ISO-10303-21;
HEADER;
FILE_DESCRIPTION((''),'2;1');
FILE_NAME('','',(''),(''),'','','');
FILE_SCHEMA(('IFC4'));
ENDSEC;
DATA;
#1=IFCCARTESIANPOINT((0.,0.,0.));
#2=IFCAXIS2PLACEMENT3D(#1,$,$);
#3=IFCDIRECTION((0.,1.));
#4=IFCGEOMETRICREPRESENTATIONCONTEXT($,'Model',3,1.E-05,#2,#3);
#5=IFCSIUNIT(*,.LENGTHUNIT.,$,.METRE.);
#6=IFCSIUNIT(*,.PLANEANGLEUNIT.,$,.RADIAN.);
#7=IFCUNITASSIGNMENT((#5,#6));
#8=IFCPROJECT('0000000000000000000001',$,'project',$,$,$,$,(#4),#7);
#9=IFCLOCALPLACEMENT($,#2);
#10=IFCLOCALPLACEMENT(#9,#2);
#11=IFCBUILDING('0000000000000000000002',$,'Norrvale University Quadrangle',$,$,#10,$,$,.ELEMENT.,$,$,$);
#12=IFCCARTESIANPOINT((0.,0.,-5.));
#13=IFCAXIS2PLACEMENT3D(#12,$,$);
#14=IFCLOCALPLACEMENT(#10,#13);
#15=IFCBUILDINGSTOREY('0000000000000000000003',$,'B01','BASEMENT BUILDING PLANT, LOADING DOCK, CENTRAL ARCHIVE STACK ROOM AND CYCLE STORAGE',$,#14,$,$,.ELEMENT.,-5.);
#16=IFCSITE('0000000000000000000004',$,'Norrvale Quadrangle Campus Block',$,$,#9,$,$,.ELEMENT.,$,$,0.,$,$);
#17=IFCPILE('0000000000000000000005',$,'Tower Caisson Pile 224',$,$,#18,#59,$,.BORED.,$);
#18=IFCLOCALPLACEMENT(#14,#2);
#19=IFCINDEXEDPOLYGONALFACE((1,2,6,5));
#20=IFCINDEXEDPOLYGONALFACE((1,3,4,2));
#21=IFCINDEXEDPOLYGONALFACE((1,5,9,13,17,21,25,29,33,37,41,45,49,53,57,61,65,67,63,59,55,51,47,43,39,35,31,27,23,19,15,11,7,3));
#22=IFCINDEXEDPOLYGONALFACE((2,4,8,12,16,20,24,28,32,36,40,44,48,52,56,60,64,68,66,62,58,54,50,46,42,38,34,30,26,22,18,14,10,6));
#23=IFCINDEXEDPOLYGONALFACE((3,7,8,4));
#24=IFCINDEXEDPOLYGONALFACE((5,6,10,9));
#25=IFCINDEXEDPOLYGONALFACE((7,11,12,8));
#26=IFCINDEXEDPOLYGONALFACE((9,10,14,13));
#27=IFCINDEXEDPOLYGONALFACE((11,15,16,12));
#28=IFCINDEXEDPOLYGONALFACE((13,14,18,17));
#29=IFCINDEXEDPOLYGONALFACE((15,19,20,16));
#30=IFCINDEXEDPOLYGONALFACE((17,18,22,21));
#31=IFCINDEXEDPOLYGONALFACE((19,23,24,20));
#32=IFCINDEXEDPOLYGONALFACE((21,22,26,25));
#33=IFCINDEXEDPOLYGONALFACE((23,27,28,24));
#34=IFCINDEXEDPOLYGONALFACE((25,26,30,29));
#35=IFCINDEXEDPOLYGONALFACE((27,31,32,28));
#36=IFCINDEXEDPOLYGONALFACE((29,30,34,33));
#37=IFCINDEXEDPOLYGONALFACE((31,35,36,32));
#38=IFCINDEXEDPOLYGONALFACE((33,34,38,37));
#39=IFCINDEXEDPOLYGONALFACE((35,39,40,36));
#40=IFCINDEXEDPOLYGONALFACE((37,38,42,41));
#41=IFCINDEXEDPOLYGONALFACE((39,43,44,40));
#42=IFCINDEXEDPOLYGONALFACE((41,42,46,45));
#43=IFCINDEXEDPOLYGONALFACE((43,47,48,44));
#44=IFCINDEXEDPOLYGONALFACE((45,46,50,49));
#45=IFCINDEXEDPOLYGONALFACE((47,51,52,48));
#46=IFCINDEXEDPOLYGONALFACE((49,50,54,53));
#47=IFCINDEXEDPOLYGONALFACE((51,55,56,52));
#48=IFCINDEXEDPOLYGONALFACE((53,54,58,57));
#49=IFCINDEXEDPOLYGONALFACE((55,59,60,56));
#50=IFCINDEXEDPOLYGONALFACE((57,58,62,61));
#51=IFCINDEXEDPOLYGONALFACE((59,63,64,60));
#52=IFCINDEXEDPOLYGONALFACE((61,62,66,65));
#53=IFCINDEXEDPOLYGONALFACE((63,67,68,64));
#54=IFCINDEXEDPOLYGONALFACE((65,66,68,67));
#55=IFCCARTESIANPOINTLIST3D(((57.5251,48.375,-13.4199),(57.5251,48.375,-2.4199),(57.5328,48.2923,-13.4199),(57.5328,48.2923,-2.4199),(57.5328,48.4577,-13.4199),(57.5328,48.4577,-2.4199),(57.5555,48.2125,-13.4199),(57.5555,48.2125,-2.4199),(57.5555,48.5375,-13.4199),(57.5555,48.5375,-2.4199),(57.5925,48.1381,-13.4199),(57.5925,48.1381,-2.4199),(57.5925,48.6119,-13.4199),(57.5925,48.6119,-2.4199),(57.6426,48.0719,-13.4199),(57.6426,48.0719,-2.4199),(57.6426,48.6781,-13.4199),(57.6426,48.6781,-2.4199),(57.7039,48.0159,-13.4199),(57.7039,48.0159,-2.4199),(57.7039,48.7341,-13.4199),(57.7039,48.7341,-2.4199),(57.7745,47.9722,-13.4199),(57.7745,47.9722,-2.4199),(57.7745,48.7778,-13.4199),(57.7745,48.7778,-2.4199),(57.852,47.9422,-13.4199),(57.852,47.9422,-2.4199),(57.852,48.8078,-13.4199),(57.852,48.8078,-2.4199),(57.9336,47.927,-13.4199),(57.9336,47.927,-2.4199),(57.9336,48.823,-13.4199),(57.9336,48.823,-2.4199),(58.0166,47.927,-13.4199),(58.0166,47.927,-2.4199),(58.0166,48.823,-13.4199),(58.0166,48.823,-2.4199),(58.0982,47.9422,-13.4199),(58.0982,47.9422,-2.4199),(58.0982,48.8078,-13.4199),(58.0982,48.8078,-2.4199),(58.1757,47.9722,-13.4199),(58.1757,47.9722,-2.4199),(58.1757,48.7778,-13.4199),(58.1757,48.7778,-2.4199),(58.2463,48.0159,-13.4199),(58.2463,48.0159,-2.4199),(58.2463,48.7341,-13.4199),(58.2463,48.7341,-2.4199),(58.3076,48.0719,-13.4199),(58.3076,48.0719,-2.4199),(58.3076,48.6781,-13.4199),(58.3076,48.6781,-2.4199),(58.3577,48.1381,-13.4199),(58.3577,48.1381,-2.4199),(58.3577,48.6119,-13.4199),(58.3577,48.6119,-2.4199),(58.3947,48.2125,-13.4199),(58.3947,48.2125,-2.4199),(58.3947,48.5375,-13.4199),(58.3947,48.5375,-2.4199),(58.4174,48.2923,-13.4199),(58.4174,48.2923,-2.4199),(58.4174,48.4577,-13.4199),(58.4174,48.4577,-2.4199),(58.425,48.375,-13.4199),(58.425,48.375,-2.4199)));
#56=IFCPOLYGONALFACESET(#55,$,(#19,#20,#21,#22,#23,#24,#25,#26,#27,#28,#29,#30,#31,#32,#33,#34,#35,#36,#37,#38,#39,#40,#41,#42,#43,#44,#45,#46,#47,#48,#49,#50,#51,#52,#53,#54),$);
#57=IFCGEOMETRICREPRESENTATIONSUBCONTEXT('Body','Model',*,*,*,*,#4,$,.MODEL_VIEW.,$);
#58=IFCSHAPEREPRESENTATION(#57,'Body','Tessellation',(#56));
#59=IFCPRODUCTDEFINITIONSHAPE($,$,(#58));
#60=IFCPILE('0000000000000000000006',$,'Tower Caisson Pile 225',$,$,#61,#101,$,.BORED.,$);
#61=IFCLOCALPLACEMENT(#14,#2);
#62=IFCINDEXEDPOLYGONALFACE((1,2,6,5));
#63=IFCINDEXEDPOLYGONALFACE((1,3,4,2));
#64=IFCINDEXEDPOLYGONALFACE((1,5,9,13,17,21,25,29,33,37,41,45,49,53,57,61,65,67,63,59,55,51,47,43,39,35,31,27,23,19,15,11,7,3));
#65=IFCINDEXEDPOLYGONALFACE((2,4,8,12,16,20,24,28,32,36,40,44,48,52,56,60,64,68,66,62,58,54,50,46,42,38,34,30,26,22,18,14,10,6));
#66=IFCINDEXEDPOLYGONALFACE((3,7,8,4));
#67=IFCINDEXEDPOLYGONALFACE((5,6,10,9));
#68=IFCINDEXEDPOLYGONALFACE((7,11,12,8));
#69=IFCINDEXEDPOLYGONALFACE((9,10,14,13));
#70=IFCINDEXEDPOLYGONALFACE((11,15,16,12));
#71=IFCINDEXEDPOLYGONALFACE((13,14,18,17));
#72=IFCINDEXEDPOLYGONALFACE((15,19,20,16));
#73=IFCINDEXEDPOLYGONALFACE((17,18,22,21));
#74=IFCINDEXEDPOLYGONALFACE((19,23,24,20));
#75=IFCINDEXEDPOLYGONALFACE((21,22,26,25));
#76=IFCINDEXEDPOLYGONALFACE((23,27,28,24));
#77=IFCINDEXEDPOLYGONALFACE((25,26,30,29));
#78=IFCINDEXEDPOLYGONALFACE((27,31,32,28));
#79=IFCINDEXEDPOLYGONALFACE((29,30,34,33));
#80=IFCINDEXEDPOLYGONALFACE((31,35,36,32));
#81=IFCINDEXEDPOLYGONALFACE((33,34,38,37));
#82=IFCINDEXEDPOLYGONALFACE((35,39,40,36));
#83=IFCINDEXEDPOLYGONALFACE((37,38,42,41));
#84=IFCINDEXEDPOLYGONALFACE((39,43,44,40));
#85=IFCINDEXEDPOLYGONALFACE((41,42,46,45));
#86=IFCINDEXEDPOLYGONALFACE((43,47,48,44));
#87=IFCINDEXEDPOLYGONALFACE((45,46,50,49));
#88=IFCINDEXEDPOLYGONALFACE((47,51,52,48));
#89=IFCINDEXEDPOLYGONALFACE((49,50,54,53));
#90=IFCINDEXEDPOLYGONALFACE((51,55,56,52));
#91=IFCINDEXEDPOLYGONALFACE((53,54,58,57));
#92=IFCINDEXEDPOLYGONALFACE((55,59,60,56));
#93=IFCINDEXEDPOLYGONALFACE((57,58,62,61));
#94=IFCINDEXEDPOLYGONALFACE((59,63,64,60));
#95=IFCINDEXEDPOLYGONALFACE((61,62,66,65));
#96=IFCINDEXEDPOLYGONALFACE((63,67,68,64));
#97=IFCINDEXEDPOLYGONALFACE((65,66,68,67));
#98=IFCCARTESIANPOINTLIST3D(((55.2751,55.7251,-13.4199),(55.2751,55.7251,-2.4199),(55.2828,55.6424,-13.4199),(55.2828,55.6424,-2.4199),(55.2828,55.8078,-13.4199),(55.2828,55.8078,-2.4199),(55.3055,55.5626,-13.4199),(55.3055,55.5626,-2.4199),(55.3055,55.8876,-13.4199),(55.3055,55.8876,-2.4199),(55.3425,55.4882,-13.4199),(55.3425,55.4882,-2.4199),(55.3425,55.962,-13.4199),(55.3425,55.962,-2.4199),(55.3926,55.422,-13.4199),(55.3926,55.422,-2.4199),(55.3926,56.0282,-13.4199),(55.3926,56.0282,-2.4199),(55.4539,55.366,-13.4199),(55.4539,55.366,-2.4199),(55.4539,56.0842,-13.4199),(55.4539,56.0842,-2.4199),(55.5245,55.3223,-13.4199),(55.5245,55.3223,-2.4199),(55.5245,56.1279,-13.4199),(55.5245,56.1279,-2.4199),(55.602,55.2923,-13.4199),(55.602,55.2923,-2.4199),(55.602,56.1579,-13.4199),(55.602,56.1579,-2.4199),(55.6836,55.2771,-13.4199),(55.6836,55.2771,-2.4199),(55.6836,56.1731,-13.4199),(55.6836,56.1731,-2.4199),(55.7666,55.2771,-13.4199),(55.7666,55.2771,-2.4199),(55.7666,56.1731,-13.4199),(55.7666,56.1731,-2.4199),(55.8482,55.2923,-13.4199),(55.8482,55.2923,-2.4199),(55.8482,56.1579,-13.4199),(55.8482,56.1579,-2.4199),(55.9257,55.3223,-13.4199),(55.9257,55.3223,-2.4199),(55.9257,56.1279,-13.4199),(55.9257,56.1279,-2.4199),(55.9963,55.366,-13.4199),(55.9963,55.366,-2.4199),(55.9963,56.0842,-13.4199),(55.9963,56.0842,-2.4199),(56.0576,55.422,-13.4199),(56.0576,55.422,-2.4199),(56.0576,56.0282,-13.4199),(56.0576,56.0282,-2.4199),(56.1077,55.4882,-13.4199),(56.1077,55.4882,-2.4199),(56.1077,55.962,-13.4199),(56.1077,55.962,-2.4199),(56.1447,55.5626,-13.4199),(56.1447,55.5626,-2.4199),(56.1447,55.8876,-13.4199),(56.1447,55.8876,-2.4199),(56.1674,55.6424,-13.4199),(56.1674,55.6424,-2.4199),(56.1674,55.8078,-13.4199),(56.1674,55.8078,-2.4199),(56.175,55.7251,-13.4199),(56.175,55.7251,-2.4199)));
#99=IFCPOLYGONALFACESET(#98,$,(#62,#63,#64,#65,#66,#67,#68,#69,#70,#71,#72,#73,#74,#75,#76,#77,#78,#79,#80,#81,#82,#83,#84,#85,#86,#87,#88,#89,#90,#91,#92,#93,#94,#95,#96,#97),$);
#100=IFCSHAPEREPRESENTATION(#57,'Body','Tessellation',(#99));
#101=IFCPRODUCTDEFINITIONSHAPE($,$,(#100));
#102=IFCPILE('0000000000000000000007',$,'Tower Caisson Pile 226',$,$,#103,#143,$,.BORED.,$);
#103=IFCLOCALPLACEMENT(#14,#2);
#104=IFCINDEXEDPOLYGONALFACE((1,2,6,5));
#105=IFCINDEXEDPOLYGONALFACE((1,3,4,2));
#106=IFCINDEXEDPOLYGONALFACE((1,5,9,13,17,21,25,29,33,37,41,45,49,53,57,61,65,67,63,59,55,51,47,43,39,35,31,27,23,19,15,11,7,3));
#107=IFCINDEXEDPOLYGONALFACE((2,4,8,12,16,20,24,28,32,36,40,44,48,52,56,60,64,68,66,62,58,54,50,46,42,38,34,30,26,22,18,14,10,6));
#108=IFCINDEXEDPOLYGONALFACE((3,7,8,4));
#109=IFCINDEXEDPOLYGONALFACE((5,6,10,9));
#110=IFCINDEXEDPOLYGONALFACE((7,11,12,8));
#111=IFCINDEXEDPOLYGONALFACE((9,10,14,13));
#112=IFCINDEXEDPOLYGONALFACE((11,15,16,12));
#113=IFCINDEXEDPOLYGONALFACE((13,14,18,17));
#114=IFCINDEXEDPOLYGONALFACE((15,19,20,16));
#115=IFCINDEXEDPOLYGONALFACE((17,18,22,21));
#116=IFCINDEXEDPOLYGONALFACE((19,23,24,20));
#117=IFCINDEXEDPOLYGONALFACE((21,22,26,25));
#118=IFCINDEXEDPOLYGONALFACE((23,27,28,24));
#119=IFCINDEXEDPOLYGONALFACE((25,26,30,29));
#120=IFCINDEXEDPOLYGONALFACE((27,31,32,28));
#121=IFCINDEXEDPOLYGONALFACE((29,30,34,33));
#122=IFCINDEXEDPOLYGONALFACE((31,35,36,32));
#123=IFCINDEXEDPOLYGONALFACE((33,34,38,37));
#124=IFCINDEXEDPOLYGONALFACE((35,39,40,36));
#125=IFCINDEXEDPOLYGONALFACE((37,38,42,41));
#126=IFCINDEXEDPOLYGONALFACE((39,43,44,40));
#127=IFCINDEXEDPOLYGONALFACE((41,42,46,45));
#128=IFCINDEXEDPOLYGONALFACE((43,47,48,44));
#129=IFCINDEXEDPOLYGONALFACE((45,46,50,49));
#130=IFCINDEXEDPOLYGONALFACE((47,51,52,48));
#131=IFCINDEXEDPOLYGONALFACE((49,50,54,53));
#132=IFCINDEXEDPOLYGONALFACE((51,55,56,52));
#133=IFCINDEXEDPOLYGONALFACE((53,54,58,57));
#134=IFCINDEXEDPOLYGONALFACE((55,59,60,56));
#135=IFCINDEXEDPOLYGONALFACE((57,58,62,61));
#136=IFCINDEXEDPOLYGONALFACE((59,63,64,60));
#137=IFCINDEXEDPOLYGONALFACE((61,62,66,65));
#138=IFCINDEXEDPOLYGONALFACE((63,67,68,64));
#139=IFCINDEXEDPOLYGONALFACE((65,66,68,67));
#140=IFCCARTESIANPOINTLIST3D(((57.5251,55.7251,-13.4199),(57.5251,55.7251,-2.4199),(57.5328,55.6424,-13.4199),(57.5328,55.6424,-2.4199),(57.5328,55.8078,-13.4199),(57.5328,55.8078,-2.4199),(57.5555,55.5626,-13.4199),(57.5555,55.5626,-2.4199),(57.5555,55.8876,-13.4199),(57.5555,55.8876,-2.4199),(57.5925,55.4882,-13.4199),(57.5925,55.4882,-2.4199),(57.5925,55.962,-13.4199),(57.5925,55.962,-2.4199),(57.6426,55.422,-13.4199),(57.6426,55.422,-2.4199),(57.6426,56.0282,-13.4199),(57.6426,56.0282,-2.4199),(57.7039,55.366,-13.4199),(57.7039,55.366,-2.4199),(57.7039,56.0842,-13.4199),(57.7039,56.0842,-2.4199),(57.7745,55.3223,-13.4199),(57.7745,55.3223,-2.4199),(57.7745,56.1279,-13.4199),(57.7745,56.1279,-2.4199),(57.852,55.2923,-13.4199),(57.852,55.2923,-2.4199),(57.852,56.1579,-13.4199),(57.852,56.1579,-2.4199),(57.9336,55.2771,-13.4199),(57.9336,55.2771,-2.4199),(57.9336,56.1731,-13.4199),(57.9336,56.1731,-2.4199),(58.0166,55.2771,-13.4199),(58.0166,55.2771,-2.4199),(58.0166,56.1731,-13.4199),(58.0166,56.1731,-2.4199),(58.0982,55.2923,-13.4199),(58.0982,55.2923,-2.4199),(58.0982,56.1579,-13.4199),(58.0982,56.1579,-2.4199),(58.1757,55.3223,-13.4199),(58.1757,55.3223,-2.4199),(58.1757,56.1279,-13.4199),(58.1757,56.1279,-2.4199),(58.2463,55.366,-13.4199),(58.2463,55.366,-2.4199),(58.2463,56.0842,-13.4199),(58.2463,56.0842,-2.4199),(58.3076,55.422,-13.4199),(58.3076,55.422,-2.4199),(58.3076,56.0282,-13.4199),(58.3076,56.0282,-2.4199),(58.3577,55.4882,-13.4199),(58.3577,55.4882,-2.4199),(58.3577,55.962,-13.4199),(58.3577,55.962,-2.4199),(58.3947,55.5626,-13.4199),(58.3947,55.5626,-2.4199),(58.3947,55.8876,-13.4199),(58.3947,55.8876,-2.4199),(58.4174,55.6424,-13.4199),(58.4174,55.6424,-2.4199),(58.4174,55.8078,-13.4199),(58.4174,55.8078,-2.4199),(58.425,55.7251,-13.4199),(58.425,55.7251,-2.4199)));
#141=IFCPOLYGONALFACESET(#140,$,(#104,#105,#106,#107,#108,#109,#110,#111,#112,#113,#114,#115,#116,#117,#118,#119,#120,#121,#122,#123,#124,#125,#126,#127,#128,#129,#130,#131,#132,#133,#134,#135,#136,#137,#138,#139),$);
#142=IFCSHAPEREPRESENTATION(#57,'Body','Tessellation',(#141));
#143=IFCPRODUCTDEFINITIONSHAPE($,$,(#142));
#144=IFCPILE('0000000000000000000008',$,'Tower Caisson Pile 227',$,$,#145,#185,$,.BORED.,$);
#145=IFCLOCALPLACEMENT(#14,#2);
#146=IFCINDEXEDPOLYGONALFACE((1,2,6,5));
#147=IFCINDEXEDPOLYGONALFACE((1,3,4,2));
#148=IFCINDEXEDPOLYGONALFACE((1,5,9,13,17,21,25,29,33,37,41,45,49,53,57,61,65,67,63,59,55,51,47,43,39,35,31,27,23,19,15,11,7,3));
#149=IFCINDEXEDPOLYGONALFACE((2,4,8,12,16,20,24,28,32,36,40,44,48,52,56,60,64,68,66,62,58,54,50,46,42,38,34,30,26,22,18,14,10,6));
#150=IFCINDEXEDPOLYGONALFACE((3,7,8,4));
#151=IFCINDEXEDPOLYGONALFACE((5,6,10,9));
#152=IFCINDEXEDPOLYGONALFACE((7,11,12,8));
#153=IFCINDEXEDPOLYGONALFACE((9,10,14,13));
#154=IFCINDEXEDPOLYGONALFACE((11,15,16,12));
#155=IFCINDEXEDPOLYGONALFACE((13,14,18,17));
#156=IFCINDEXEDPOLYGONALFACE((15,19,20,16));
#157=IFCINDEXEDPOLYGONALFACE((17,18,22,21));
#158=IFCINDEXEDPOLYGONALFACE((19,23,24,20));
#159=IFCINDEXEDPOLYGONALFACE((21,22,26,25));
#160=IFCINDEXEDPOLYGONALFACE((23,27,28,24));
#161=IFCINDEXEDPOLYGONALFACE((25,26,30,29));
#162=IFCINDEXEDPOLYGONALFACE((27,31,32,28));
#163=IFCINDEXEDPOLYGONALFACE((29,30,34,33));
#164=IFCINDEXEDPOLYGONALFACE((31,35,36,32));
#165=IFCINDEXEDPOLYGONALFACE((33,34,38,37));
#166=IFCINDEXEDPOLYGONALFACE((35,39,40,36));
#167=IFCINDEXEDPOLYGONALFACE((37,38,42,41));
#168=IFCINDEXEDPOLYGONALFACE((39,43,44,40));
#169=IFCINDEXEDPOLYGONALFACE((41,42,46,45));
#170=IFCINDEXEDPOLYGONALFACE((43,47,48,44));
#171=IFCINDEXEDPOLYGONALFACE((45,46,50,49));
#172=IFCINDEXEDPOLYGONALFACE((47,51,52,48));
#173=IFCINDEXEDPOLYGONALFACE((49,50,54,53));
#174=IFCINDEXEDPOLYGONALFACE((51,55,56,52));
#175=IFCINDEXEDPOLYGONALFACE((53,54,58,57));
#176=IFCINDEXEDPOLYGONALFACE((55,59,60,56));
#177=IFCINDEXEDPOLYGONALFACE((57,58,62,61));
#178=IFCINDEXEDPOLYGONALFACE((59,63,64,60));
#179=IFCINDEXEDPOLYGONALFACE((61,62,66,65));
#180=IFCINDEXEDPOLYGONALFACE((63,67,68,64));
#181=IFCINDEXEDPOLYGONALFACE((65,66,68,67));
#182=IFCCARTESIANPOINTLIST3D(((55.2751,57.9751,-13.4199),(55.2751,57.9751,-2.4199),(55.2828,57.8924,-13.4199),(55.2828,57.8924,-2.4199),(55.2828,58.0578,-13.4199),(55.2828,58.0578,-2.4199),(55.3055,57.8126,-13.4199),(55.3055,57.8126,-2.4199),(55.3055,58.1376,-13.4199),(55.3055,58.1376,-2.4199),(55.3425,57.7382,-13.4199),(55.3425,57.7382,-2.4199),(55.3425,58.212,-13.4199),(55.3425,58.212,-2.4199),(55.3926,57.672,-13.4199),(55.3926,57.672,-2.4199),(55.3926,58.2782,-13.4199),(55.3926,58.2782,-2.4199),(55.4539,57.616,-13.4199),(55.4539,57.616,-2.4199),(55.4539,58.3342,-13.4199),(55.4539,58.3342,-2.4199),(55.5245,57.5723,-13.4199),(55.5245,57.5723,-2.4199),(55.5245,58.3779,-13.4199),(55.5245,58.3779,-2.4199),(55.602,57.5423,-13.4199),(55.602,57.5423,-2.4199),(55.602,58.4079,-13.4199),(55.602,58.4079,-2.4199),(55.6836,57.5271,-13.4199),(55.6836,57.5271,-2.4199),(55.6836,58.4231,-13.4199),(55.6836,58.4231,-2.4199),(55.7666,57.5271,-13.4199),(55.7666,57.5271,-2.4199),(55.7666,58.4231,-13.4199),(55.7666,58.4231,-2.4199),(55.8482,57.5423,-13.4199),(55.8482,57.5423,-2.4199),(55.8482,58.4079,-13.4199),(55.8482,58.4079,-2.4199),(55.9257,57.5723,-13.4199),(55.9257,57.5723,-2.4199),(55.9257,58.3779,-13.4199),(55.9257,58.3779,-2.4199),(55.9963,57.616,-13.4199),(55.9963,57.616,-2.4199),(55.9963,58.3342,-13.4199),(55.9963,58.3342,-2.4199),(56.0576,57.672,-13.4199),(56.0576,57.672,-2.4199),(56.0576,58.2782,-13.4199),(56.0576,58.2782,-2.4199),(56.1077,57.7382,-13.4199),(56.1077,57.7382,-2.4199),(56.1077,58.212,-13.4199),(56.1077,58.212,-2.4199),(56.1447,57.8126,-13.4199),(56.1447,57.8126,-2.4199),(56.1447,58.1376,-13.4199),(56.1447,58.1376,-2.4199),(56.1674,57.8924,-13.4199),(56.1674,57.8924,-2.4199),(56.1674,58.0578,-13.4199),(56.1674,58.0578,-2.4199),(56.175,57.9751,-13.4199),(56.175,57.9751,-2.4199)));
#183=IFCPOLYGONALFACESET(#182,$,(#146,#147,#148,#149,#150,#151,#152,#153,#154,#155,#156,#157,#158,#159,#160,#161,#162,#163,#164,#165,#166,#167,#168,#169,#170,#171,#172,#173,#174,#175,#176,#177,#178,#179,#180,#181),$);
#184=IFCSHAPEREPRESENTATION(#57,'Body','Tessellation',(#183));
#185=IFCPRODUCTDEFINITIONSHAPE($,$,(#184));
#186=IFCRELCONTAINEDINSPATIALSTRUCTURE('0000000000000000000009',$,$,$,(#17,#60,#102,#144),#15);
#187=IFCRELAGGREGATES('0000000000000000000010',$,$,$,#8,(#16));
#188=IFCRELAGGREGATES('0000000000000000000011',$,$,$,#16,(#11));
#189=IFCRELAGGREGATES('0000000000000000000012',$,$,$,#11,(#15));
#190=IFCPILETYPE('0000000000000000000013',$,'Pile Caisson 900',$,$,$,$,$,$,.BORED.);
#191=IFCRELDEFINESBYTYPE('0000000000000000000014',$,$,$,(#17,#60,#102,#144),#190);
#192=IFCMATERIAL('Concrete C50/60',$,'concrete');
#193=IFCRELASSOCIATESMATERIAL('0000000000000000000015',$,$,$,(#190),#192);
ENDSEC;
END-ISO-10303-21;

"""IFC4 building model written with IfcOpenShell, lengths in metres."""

from ifc_helpers import new_model, si_unit, direction, frame, origin, origin_2d, place, context, subcontext, project, spatial, circle, extrude, material, material_profile, profile_set, type_object, element, save


model = new_model("IFC4")

# Units and contexts
model_context = context("Model", 3, precision=1e-05, world=origin(), true_north=direction((0.0, 1.0)))
body_context = subcontext(model_context, "Body", "Model", "MODEL_VIEW")
ifc_project = project(units=[si_unit("LENGTHUNIT", "METRE"), si_unit("PLANEANGLEUNIT", "RADIAN")], contexts=[model_context])

# Site, building, storey
site_placement = place(None, origin())
site = spatial("IfcSite", under=ifc_project, at=site_placement, Name="Norrvale Quadrangle Campus Block", CompositionType="ELEMENT", RefElevation=0.0)
building_placement = place(site_placement, origin())
building = spatial("IfcBuilding", under=site, at=building_placement, Name="Norrvale University Quadrangle", CompositionType="ELEMENT")
storey_placement = place(building_placement, frame((0.0, 0.0, -5.0)))
storey = spatial("IfcBuildingStorey", under=building, at=storey_placement, Name="B01", Description="BASEMENT BUILDING PLANT, LOADING DOCK, CENTRAL ARCHIVE STACK ROOM AND CYCLE STORAGE", CompositionType="ELEMENT", Elevation=-5.0)

# Shared definitions
ifc_material_1 = material(Name="Concrete C50/60", Category="concrete")

# Piles
ifc_material_profile_1 = material_profile(ifc_material_1, circle(Radius=0.45, at=origin_2d()), Name="Concrete C50/60")
ifc_profile_set_1 = profile_set([ifc_material_profile_1], Name="Concrete C50/60")
pile_type_1 = type_object("IfcPileType", Name="Pile Caisson 900", PredefinedType="BORED", material=ifc_profile_set_1)
for number, where, z_axis, x_axis, name in (
    (1, (57.9751, 48.375, -2.4199), (0.0, 0.0, -1.0), (1.0, 0.0, 0.0), "Tower Caisson Pile 224"),
    (2, (55.7251, 55.7251, -2.4199), (0.0, 0.0, -1.0), (1.0, 0.0, 0.0), "Tower Caisson Pile 225"),
    (3, (57.9751, 55.7251, -2.4199), (0.0, 0.0, -1.0), (1.0, 0.0, 0.0), "Tower Caisson Pile 226"),
    (4, (55.7251, 57.9751, -2.4199), (0.0, 0.0, -1.0), (1.0, 0.0, 0.0), "Tower Caisson Pile 227"),
):
    element("IfcPile", number, at=place(storey_placement, frame(where, z_axis=z_axis, x_axis=x_axis)), inside=storey, type_object=pile_type_1, Name=name, PredefinedType="BORED", context=body_context, shape_type="SweptSolid", body=[
        extrude(circle(Radius=0.45, at=origin_2d()), origin(), (0.0, 0.0, 1.0), 11.0),
    ])

save(model, "model.ifc")
